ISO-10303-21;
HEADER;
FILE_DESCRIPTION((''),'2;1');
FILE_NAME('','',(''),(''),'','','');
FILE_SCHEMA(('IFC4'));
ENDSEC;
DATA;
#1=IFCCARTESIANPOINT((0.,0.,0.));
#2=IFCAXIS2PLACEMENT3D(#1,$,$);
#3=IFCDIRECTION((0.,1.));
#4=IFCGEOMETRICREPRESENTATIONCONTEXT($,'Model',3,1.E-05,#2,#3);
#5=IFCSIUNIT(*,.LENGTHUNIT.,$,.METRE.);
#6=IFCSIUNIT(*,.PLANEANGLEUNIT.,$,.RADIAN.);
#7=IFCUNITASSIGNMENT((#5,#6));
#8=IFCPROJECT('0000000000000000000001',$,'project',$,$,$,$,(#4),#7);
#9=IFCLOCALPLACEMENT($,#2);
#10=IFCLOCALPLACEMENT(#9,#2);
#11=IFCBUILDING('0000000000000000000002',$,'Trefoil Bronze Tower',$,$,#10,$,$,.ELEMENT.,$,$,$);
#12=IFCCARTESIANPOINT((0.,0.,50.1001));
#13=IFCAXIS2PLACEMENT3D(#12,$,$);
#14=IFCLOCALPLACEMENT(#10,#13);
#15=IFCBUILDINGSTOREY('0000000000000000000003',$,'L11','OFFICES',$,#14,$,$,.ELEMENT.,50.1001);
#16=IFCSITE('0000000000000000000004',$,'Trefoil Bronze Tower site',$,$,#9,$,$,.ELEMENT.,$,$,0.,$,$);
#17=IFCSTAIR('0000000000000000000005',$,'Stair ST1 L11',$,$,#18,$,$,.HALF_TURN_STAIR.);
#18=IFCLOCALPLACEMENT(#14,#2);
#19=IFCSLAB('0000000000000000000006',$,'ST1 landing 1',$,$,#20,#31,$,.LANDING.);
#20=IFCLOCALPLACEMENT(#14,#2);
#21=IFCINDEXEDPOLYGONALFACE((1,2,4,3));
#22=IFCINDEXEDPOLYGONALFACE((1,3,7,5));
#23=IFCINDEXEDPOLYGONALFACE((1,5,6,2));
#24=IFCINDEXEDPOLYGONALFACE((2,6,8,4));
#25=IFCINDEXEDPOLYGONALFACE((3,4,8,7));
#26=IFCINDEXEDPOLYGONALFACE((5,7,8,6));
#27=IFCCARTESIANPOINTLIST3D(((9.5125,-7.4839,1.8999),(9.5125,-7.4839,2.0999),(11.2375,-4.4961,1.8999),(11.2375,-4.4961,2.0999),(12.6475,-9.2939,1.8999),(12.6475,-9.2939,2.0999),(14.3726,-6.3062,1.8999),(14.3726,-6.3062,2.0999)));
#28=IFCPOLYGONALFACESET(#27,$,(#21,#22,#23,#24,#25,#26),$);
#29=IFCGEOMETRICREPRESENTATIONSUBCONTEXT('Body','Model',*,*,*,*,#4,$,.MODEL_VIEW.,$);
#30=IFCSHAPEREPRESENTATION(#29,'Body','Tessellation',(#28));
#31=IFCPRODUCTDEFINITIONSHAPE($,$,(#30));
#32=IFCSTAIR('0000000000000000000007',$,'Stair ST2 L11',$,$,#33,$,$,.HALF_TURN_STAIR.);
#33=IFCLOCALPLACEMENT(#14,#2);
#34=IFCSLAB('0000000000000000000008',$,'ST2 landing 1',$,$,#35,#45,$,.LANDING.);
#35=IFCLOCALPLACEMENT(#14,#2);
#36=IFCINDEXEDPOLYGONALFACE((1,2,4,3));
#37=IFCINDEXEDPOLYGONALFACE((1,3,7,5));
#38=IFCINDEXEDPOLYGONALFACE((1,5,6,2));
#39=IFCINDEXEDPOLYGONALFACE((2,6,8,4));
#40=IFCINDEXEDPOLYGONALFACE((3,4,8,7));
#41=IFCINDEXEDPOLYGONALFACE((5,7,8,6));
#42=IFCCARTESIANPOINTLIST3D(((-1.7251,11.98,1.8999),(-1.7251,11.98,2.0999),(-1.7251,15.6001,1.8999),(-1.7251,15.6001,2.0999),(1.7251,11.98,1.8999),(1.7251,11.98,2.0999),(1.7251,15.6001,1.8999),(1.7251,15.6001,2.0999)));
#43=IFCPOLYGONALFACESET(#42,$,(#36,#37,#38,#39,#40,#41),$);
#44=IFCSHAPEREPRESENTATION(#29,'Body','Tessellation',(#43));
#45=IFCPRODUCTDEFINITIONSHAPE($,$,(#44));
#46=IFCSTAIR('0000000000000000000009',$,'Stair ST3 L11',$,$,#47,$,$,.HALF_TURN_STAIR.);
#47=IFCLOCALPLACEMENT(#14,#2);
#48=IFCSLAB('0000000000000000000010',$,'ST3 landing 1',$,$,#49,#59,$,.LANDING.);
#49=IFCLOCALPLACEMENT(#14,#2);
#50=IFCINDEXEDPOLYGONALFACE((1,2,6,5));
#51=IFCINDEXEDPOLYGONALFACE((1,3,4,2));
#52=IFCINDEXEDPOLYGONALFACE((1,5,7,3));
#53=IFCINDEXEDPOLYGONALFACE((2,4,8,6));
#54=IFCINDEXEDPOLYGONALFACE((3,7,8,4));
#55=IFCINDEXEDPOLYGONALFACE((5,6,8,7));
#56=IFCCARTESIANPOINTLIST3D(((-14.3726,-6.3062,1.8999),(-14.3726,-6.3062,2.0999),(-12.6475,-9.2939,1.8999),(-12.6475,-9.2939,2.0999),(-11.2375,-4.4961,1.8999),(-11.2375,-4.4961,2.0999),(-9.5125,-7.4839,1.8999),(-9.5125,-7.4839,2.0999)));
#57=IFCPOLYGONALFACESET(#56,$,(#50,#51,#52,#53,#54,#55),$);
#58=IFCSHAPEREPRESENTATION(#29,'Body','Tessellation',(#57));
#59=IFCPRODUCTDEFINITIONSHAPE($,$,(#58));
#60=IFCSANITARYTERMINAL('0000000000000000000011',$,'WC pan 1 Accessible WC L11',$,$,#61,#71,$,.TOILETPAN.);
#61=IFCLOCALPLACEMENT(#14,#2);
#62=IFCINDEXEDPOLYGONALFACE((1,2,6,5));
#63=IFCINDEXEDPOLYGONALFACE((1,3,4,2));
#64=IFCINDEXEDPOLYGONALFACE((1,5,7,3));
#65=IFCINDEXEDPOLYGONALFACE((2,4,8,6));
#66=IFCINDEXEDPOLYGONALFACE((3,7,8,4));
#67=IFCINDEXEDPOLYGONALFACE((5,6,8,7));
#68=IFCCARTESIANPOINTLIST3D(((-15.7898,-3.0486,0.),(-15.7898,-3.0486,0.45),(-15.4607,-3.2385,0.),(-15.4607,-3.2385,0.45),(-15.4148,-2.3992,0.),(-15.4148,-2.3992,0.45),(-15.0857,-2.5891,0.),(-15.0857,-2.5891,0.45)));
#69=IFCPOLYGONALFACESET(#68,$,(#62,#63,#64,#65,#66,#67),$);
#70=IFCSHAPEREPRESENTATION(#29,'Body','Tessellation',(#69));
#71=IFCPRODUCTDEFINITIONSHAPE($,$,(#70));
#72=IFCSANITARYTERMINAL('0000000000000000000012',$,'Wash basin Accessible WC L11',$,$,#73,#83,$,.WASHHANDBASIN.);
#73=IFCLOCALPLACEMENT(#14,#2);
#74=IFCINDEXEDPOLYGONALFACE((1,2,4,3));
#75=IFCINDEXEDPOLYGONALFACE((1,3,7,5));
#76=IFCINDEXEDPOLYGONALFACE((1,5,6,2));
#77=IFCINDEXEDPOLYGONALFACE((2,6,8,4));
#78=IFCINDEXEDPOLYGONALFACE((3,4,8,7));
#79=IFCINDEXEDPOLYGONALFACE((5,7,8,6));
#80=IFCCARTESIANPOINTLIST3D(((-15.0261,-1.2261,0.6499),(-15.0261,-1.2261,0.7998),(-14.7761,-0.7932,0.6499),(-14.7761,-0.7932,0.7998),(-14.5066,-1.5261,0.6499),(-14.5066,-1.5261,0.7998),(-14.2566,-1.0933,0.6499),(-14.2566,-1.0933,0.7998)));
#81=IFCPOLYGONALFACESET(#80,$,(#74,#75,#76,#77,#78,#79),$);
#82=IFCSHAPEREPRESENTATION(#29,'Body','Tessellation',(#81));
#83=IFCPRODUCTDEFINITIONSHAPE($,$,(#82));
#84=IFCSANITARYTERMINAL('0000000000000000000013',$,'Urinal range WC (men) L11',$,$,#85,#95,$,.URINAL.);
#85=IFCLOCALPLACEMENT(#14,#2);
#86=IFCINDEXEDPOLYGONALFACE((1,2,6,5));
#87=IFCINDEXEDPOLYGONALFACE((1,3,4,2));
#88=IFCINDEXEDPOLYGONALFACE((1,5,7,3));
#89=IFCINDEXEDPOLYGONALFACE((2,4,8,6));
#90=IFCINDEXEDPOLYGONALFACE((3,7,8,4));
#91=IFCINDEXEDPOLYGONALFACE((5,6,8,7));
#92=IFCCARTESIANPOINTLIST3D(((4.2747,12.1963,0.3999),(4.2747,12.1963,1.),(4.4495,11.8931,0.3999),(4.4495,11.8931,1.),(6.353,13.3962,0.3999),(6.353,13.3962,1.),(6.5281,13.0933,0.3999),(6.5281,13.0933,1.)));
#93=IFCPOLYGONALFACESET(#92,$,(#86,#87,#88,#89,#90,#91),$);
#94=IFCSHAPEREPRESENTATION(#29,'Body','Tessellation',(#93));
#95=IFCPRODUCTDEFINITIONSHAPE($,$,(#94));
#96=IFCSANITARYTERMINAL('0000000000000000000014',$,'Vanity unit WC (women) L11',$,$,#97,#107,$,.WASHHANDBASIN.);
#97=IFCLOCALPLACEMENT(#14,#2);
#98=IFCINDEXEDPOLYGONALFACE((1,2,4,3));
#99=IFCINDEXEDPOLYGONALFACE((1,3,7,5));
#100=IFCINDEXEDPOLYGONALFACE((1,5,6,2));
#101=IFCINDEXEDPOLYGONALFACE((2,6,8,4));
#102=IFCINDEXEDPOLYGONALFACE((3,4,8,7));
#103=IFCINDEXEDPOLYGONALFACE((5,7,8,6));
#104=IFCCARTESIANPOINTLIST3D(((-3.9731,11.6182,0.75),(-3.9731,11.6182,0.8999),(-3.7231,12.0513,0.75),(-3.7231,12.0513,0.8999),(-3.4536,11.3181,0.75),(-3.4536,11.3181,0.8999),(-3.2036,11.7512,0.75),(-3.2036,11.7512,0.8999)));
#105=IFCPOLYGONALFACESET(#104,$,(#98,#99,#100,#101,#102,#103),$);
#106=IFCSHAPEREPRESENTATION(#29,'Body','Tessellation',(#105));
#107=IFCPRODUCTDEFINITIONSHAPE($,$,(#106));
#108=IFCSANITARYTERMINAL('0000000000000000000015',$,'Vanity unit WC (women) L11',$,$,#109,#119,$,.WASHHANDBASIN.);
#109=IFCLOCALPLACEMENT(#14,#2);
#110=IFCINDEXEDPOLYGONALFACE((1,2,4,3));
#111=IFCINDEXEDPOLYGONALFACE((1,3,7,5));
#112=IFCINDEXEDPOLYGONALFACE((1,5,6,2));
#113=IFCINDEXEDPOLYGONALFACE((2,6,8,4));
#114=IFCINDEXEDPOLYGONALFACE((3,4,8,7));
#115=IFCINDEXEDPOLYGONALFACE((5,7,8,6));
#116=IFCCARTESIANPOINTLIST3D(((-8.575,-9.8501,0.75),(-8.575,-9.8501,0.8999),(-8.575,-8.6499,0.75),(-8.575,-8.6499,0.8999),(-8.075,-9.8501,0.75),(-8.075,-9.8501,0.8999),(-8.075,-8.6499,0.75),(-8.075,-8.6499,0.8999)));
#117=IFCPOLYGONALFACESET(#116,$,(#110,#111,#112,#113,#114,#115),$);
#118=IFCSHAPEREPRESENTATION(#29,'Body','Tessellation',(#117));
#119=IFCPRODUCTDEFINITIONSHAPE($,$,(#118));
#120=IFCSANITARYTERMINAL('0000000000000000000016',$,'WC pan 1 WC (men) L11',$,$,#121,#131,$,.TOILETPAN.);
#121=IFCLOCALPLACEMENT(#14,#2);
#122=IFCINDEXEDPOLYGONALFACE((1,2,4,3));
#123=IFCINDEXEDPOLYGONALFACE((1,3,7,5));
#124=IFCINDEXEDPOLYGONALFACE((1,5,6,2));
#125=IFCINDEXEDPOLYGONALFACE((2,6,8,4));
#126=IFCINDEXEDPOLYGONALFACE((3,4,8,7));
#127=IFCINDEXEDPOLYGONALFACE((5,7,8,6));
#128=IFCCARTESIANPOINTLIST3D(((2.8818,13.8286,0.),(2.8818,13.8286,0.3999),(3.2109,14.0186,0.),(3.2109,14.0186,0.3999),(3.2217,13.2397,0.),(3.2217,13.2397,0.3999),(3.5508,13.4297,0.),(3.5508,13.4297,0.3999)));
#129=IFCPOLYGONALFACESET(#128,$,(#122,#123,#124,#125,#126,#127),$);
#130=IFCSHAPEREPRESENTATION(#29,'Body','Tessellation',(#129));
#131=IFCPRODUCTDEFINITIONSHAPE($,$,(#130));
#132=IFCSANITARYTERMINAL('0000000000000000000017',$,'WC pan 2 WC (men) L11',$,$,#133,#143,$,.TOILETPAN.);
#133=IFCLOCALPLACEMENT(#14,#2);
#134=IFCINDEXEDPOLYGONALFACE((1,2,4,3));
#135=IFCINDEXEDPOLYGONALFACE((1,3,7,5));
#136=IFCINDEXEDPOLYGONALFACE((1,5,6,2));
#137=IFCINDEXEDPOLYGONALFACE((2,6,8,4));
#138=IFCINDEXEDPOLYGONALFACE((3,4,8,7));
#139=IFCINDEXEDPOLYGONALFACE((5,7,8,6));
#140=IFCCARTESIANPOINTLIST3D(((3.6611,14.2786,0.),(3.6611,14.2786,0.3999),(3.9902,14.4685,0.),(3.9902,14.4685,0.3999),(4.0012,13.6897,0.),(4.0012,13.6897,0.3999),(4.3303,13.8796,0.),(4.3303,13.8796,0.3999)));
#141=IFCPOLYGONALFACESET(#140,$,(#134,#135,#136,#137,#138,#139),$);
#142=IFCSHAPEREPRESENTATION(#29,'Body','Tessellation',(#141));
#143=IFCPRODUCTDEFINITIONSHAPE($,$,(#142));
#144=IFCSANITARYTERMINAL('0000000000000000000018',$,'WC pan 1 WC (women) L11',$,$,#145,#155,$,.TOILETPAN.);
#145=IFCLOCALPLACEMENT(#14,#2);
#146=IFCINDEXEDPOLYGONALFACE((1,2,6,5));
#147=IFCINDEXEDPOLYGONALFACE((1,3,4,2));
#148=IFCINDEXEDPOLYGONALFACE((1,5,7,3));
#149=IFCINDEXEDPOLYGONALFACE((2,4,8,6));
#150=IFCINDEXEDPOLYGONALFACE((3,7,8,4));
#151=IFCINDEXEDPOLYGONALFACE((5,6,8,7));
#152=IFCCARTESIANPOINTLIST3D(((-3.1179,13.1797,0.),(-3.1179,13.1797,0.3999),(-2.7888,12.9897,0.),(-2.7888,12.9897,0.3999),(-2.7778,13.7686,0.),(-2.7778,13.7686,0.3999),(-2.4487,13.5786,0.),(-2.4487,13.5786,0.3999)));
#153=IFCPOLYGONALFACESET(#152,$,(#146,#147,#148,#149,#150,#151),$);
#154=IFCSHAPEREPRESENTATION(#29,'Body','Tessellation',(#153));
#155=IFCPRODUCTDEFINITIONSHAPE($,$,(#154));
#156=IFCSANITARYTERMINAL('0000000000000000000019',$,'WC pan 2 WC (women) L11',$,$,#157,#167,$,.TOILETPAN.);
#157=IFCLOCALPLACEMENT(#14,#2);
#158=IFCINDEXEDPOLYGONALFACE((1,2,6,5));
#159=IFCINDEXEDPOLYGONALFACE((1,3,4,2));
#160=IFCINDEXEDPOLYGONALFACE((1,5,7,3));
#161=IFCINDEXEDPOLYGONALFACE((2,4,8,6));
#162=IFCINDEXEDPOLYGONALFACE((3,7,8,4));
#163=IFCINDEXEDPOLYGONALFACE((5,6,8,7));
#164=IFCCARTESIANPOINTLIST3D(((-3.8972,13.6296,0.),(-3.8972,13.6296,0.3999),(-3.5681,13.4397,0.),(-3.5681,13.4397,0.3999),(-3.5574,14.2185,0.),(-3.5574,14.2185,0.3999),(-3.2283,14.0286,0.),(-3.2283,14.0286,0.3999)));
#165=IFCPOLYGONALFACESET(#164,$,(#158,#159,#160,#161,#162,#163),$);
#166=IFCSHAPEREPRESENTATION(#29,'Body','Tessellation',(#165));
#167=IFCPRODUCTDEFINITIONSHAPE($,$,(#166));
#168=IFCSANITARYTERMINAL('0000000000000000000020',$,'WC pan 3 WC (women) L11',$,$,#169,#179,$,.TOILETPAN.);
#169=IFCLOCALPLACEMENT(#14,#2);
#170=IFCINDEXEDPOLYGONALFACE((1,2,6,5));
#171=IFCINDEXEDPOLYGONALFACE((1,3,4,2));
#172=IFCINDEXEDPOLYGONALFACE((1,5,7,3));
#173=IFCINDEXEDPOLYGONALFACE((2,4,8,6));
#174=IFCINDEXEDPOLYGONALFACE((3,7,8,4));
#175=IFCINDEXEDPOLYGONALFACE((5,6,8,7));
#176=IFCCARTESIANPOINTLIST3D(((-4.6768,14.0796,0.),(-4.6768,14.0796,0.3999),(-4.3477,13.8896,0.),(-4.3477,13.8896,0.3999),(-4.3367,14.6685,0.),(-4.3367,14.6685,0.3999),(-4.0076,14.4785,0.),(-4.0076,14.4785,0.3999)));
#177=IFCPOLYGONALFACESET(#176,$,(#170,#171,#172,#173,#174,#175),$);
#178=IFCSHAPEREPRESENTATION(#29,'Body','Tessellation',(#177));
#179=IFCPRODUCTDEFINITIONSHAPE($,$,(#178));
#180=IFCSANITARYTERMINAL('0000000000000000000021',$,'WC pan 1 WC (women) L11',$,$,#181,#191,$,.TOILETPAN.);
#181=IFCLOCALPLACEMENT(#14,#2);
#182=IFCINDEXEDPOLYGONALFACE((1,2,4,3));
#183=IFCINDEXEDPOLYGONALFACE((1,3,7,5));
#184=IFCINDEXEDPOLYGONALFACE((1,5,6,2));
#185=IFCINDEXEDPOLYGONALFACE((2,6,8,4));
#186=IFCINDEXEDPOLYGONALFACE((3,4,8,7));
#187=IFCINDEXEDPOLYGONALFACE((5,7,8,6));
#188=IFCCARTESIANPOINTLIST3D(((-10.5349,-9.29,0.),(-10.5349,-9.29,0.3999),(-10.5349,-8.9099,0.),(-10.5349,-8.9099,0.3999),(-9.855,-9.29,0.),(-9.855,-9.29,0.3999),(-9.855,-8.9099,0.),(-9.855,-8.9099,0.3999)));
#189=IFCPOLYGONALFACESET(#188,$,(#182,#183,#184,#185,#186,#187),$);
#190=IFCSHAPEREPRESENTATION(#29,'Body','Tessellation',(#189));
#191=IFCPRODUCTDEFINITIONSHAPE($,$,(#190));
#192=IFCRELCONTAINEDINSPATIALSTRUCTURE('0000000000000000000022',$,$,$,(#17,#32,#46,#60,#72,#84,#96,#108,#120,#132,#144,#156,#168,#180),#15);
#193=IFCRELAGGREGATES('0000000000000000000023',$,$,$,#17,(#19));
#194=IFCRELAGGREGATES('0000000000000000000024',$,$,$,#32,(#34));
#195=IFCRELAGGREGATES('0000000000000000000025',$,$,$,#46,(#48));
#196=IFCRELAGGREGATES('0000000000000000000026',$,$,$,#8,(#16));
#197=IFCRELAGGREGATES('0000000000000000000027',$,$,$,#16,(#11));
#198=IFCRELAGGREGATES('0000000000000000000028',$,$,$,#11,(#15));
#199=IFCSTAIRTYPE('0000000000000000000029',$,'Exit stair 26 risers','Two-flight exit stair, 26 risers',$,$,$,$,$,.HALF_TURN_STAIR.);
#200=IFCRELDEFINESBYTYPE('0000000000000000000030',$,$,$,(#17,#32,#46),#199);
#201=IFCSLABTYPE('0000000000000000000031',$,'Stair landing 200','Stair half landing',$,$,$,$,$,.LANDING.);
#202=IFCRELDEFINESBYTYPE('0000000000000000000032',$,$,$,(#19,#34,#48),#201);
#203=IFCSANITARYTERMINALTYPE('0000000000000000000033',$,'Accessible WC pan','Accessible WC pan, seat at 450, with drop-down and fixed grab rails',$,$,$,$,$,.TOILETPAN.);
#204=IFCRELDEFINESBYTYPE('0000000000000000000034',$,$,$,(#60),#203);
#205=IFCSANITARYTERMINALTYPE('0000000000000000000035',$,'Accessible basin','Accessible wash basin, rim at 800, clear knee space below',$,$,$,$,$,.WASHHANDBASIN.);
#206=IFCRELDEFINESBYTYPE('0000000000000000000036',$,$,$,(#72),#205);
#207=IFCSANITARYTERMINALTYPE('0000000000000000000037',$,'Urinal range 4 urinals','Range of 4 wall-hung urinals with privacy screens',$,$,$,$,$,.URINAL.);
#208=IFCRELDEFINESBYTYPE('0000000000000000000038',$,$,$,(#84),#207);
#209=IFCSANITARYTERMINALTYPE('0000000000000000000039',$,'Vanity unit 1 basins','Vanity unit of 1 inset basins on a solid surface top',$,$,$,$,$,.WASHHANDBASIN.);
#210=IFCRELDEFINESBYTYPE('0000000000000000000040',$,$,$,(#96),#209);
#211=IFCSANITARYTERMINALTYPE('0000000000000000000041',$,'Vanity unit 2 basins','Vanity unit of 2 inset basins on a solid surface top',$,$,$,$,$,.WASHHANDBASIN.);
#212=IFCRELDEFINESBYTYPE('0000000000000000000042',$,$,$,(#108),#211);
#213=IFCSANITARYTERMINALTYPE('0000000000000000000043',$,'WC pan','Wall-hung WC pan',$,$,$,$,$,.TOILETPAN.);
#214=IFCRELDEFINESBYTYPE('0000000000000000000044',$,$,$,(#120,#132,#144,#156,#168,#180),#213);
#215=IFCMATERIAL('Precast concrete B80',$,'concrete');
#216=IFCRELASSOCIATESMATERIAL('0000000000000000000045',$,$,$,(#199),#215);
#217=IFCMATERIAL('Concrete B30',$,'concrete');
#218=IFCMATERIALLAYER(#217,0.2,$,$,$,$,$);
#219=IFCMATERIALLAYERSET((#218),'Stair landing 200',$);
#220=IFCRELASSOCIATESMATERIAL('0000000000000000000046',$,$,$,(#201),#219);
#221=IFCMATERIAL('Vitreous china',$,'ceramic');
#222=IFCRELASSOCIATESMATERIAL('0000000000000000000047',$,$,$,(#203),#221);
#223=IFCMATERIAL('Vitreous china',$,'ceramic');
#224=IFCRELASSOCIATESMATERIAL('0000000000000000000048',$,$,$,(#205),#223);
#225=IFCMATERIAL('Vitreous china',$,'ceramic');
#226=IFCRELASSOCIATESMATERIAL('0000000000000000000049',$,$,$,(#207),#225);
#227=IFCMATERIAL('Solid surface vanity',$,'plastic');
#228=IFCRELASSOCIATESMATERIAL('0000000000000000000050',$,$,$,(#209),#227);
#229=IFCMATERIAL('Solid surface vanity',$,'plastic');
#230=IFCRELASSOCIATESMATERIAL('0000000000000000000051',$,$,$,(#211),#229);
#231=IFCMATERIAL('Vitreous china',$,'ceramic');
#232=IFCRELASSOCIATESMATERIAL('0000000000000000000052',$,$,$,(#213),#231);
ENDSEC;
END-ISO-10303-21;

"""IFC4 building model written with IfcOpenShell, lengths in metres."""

from ifc_helpers import new_model, si_unit, direction, frame, origin, place, context, subcontext, project, spatial, polyline, outline, extrude, material, layer, layer_set, type_object, element, aggregate, save


model = new_model("IFC4")

# Units and contexts
model_context = context("Model", 3, precision=1e-05, world=origin(), true_north=direction((0.0, 1.0)))
body_context = subcontext(model_context, "Body", "Model", "MODEL_VIEW")
ifc_project = project(units=[si_unit("LENGTHUNIT", "METRE"), si_unit("PLANEANGLEUNIT", "RADIAN")], contexts=[model_context])

# Site, building, storey
site_placement = place(None, origin())
site = spatial("IfcSite", under=ifc_project, at=site_placement, Name="Trefoil Bronze Tower site", CompositionType="ELEMENT", RefElevation=0.0)
building_placement = place(site_placement, origin())
building = spatial("IfcBuilding", under=site, at=building_placement, Name="Trefoil Bronze Tower", CompositionType="ELEMENT")
storey_placement = place(building_placement, frame((0.0, 0.0, 50.1001)))
storey = spatial("IfcBuildingStorey", under=building, at=storey_placement, Name="L11", Description="OFFICES", CompositionType="ELEMENT", Elevation=50.1001)

# Stairs, slabs
ifc_material_1 = material(Name="Precast concrete B80", Category="concrete")
stair_type = type_object("IfcStairType", Name="Exit stair 26 risers", Description="Two-flight exit stair, 26 risers", PredefinedType="HALF_TURN_STAIR", material=ifc_material_1)
stair_1_placement = place(storey_placement, origin())
stair_1 = element("IfcStair", 1, at=stair_1_placement, inside=storey, type_object=stair_type, Name="Stair ST1 L11", PredefinedType="HALF_TURN_STAIR")
ifc_material_2 = material(Name="Concrete B30", Category="concrete")
ifc_layer = layer(ifc_material_2, 0.2)
ifc_layer_set = layer_set([ifc_layer], Name="Stair landing 200")
slab_type = type_object("IfcSlabType", Name="Stair landing 200", Description="Stair half landing", PredefinedType="LANDING", material=ifc_layer_set)
slab_1_placement = place(storey_placement, frame((0.0, 0.0, 1.8999)))
slab_1 = element("IfcSlab", 2, at=slab_1_placement, type_object=slab_type, Name="ST1 landing 1", PredefinedType="LANDING", context=body_context, shape_type="SweptSolid", body=[
    extrude(outline(polyline([(9.5125, -7.4839), (12.6475, -9.2939), (14.3726, -6.3062), (11.2375, -4.4961), (9.5125, -7.4839)])), origin(), (0.0, 0.0, 1.0), 0.2),
])
aggregate(stair_1, [slab_1])
stair_2_placement = place(storey_placement, origin())
stair_2 = element("IfcStair", 3, at=stair_2_placement, inside=storey, type_object=stair_type, Name="Stair ST2 L11", PredefinedType="HALF_TURN_STAIR")
slab_2_placement = place(storey_placement, frame((0.0, 0.0, 1.8999)))
slab_2 = element("IfcSlab", 4, at=slab_2_placement, type_object=slab_type, Name="ST2 landing 1", PredefinedType="LANDING", context=body_context, shape_type="SweptSolid", body=[
    extrude(outline(polyline([(1.7251, 11.98), (1.7251, 15.6001), (-1.7251, 15.6001), (-1.7251, 11.98), (1.7251, 11.98)])), origin(), (0.0, 0.0, 1.0), 0.2),
])
aggregate(stair_2, [slab_2])
stair_3_placement = place(storey_placement, origin())
stair_3 = element("IfcStair", 5, at=stair_3_placement, inside=storey, type_object=stair_type, Name="Stair ST3 L11", PredefinedType="HALF_TURN_STAIR")
slab_3_placement = place(storey_placement, frame((0.0, 0.0, 1.8999)))
slab_3 = element("IfcSlab", 6, at=slab_3_placement, type_object=slab_type, Name="ST3 landing 1", PredefinedType="LANDING", context=body_context, shape_type="SweptSolid", body=[
    extrude(outline(polyline([(-11.2375, -4.4961), (-14.3726, -6.3062), (-12.6475, -9.2939), (-9.5125, -7.4839), (-11.2375, -4.4961)])), origin(), (0.0, 0.0, 1.0), 0.2),
])
aggregate(stair_3, [slab_3])

# Sanitary terminals
ifc_material_3 = material(Name="Vitreous china", Category="ceramic")
sanitary_terminal_type_1 = type_object("IfcSanitaryTerminalType", Name="Accessible WC pan", Description="Accessible WC pan, seat at 450, with drop-down and fixed grab rails", PredefinedType="TOILETPAN", material=ifc_material_3)
sanitary_terminal_1_placement = place(storey_placement, origin())
element("IfcSanitaryTerminal", 7, at=sanitary_terminal_1_placement, inside=storey, type_object=sanitary_terminal_type_1, Name="WC pan 1 Accessible WC L11", PredefinedType="TOILETPAN", context=body_context, shape_type="SweptSolid", body=[
    extrude(outline(polyline([(-15.0857, -2.5891), (-15.4607, -3.2385), (-15.7898, -3.0486), (-15.4148, -2.3992), (-15.0857, -2.5891)])), origin(), (0.0, 0.0, 1.0), 0.45),
])
ifc_material_4 = material(Name="Vitreous china", Category="ceramic")
sanitary_terminal_type_2 = type_object("IfcSanitaryTerminalType", Name="Accessible basin", Description="Accessible wash basin, rim at 800, clear knee space below", PredefinedType="WASHHANDBASIN", material=ifc_material_4)
sanitary_terminal_2_placement = place(storey_placement, frame((0.0, 0.0, 0.6499)))
element("IfcSanitaryTerminal", 8, at=sanitary_terminal_2_placement, inside=storey, type_object=sanitary_terminal_type_2, Name="Wash basin Accessible WC L11", PredefinedType="WASHHANDBASIN", context=body_context, shape_type="SweptSolid", body=[
    extrude(outline(polyline([(-14.2566, -1.0933), (-14.5066, -1.5261), (-15.0261, -1.2261), (-14.7761, -0.7932), (-14.2566, -1.0933)])), origin(), (0.0, 0.0, 1.0), 0.1499),
])
ifc_material_5 = material(Name="Vitreous china", Category="ceramic")
sanitary_terminal_type_3 = type_object("IfcSanitaryTerminalType", Name="Urinal range 4 urinals", Description="Range of 4 wall-hung urinals with privacy screens", PredefinedType="URINAL", material=ifc_material_5)
sanitary_terminal_3_placement = place(storey_placement, frame((0.0, 0.0, 0.3999)))
element("IfcSanitaryTerminal", 9, at=sanitary_terminal_3_placement, inside=storey, type_object=sanitary_terminal_type_3, Name="Urinal range WC (men) L11", PredefinedType="URINAL", context=body_context, shape_type="SweptSolid", body=[
    extrude(outline(polyline([(4.4495, 11.8931), (4.2747, 12.1963), (6.353, 13.3962), (6.5281, 13.0933), (4.4495, 11.8931)])), origin(), (0.0, 0.0, 1.0), 0.6001),
])
ifc_material_6 = material(Name="Solid surface vanity", Category="plastic")
sanitary_terminal_type_4 = type_object("IfcSanitaryTerminalType", Name="Vanity unit 1 basins", Description="Vanity unit of 1 inset basins on a solid surface top", PredefinedType="WASHHANDBASIN", material=ifc_material_6)
sanitary_terminal_4_placement = place(storey_placement, frame((0.0, 0.0, 0.75)))
element("IfcSanitaryTerminal", 10, at=sanitary_terminal_4_placement, inside=storey, type_object=sanitary_terminal_type_4, Name="Vanity unit WC (women) L11", PredefinedType="WASHHANDBASIN", context=body_context, shape_type="SweptSolid", body=[
    extrude(outline(polyline([(-3.4536, 11.3181), (-3.2036, 11.7512), (-3.7231, 12.0513), (-3.9731, 11.6182), (-3.4536, 11.3181)])), origin(), (0.0, 0.0, 1.0), 0.1499),
])
ifc_material_7 = material(Name="Solid surface vanity", Category="plastic")
sanitary_terminal_type_5 = type_object("IfcSanitaryTerminalType", Name="Vanity unit 2 basins", Description="Vanity unit of 2 inset basins on a solid surface top", PredefinedType="WASHHANDBASIN", material=ifc_material_7)
sanitary_terminal_5_placement = place(storey_placement, frame((0.0, 0.0, 0.75)))
element("IfcSanitaryTerminal", 11, at=sanitary_terminal_5_placement, inside=storey, type_object=sanitary_terminal_type_5, Name="Vanity unit WC (women) L11", PredefinedType="WASHHANDBASIN", context=body_context, shape_type="SweptSolid", body=[
    extrude(outline(polyline([(-8.075, -8.6499), (-8.575, -8.6499), (-8.575, -9.8501), (-8.075, -9.8501), (-8.075, -8.6499)])), origin(), (0.0, 0.0, 1.0), 0.1499),
])
ifc_material_8 = material(Name="Vitreous china", Category="ceramic")
sanitary_terminal_type_6 = type_object("IfcSanitaryTerminalType", Name="WC pan", Description="Wall-hung WC pan", PredefinedType="TOILETPAN", material=ifc_material_8)
sanitary_terminal_6_placement = place(storey_placement, origin())
element("IfcSanitaryTerminal", 12, at=sanitary_terminal_6_placement, inside=storey, type_object=sanitary_terminal_type_6, Name="WC pan 1 WC (men) L11", PredefinedType="TOILETPAN", context=body_context, shape_type="SweptSolid", body=[
    extrude(outline(polyline([(3.2217, 13.2397), (2.8818, 13.8286), (3.2109, 14.0186), (3.5508, 13.4297), (3.2217, 13.2397)])), origin(), (0.0, 0.0, 1.0), 0.3999),
])
sanitary_terminal_7_placement = place(storey_placement, origin())
element("IfcSanitaryTerminal", 13, at=sanitary_terminal_7_placement, inside=storey, type_object=sanitary_terminal_type_6, Name="WC pan 2 WC (men) L11", PredefinedType="TOILETPAN", context=body_context, shape_type="SweptSolid", body=[
    extrude(outline(polyline([(4.0012, 13.6897), (3.6611, 14.2786), (3.9902, 14.4685), (4.3303, 13.8796), (4.0012, 13.6897)])), origin(), (0.0, 0.0, 1.0), 0.3999),
])
sanitary_terminal_8_placement = place(storey_placement, origin())
element("IfcSanitaryTerminal", 14, at=sanitary_terminal_8_placement, inside=storey, type_object=sanitary_terminal_type_6, Name="WC pan 1 WC (women) L11", PredefinedType="TOILETPAN", context=body_context, shape_type="SweptSolid", body=[
    extrude(outline(polyline([(-2.7888, 12.9897), (-2.4487, 13.5786), (-2.7778, 13.7686), (-3.1179, 13.1797), (-2.7888, 12.9897)])), origin(), (0.0, 0.0, 1.0), 0.3999),
])
sanitary_terminal_9_placement = place(storey_placement, origin())
element("IfcSanitaryTerminal", 15, at=sanitary_terminal_9_placement, inside=storey, type_object=sanitary_terminal_type_6, Name="WC pan 2 WC (women) L11", PredefinedType="TOILETPAN", context=body_context, shape_type="SweptSolid", body=[
    extrude(outline(polyline([(-3.5681, 13.4397), (-3.2283, 14.0286), (-3.5574, 14.2185), (-3.8972, 13.6296), (-3.5681, 13.4397)])), origin(), (0.0, 0.0, 1.0), 0.3999),
])
sanitary_terminal_10_placement = place(storey_placement, origin())
element("IfcSanitaryTerminal", 16, at=sanitary_terminal_10_placement, inside=storey, type_object=sanitary_terminal_type_6, Name="WC pan 3 WC (women) L11", PredefinedType="TOILETPAN", context=body_context, shape_type="SweptSolid", body=[
    extrude(outline(polyline([(-4.3477, 13.8896), (-4.0076, 14.4785), (-4.3367, 14.6685), (-4.6768, 14.0796), (-4.3477, 13.8896)])), origin(), (0.0, 0.0, 1.0), 0.3999),
])
sanitary_terminal_11_placement = place(storey_placement, origin())
element("IfcSanitaryTerminal", 17, at=sanitary_terminal_11_placement, inside=storey, type_object=sanitary_terminal_type_6, Name="WC pan 1 WC (women) L11", PredefinedType="TOILETPAN", context=body_context, shape_type="SweptSolid", body=[
    extrude(outline(polyline([(-9.855, -8.9099), (-10.5349, -8.9099), (-10.5349, -9.29), (-9.855, -9.29), (-9.855, -8.9099)])), origin(), (0.0, 0.0, 1.0), 0.3999),
])

save(model, "model.ifc")
